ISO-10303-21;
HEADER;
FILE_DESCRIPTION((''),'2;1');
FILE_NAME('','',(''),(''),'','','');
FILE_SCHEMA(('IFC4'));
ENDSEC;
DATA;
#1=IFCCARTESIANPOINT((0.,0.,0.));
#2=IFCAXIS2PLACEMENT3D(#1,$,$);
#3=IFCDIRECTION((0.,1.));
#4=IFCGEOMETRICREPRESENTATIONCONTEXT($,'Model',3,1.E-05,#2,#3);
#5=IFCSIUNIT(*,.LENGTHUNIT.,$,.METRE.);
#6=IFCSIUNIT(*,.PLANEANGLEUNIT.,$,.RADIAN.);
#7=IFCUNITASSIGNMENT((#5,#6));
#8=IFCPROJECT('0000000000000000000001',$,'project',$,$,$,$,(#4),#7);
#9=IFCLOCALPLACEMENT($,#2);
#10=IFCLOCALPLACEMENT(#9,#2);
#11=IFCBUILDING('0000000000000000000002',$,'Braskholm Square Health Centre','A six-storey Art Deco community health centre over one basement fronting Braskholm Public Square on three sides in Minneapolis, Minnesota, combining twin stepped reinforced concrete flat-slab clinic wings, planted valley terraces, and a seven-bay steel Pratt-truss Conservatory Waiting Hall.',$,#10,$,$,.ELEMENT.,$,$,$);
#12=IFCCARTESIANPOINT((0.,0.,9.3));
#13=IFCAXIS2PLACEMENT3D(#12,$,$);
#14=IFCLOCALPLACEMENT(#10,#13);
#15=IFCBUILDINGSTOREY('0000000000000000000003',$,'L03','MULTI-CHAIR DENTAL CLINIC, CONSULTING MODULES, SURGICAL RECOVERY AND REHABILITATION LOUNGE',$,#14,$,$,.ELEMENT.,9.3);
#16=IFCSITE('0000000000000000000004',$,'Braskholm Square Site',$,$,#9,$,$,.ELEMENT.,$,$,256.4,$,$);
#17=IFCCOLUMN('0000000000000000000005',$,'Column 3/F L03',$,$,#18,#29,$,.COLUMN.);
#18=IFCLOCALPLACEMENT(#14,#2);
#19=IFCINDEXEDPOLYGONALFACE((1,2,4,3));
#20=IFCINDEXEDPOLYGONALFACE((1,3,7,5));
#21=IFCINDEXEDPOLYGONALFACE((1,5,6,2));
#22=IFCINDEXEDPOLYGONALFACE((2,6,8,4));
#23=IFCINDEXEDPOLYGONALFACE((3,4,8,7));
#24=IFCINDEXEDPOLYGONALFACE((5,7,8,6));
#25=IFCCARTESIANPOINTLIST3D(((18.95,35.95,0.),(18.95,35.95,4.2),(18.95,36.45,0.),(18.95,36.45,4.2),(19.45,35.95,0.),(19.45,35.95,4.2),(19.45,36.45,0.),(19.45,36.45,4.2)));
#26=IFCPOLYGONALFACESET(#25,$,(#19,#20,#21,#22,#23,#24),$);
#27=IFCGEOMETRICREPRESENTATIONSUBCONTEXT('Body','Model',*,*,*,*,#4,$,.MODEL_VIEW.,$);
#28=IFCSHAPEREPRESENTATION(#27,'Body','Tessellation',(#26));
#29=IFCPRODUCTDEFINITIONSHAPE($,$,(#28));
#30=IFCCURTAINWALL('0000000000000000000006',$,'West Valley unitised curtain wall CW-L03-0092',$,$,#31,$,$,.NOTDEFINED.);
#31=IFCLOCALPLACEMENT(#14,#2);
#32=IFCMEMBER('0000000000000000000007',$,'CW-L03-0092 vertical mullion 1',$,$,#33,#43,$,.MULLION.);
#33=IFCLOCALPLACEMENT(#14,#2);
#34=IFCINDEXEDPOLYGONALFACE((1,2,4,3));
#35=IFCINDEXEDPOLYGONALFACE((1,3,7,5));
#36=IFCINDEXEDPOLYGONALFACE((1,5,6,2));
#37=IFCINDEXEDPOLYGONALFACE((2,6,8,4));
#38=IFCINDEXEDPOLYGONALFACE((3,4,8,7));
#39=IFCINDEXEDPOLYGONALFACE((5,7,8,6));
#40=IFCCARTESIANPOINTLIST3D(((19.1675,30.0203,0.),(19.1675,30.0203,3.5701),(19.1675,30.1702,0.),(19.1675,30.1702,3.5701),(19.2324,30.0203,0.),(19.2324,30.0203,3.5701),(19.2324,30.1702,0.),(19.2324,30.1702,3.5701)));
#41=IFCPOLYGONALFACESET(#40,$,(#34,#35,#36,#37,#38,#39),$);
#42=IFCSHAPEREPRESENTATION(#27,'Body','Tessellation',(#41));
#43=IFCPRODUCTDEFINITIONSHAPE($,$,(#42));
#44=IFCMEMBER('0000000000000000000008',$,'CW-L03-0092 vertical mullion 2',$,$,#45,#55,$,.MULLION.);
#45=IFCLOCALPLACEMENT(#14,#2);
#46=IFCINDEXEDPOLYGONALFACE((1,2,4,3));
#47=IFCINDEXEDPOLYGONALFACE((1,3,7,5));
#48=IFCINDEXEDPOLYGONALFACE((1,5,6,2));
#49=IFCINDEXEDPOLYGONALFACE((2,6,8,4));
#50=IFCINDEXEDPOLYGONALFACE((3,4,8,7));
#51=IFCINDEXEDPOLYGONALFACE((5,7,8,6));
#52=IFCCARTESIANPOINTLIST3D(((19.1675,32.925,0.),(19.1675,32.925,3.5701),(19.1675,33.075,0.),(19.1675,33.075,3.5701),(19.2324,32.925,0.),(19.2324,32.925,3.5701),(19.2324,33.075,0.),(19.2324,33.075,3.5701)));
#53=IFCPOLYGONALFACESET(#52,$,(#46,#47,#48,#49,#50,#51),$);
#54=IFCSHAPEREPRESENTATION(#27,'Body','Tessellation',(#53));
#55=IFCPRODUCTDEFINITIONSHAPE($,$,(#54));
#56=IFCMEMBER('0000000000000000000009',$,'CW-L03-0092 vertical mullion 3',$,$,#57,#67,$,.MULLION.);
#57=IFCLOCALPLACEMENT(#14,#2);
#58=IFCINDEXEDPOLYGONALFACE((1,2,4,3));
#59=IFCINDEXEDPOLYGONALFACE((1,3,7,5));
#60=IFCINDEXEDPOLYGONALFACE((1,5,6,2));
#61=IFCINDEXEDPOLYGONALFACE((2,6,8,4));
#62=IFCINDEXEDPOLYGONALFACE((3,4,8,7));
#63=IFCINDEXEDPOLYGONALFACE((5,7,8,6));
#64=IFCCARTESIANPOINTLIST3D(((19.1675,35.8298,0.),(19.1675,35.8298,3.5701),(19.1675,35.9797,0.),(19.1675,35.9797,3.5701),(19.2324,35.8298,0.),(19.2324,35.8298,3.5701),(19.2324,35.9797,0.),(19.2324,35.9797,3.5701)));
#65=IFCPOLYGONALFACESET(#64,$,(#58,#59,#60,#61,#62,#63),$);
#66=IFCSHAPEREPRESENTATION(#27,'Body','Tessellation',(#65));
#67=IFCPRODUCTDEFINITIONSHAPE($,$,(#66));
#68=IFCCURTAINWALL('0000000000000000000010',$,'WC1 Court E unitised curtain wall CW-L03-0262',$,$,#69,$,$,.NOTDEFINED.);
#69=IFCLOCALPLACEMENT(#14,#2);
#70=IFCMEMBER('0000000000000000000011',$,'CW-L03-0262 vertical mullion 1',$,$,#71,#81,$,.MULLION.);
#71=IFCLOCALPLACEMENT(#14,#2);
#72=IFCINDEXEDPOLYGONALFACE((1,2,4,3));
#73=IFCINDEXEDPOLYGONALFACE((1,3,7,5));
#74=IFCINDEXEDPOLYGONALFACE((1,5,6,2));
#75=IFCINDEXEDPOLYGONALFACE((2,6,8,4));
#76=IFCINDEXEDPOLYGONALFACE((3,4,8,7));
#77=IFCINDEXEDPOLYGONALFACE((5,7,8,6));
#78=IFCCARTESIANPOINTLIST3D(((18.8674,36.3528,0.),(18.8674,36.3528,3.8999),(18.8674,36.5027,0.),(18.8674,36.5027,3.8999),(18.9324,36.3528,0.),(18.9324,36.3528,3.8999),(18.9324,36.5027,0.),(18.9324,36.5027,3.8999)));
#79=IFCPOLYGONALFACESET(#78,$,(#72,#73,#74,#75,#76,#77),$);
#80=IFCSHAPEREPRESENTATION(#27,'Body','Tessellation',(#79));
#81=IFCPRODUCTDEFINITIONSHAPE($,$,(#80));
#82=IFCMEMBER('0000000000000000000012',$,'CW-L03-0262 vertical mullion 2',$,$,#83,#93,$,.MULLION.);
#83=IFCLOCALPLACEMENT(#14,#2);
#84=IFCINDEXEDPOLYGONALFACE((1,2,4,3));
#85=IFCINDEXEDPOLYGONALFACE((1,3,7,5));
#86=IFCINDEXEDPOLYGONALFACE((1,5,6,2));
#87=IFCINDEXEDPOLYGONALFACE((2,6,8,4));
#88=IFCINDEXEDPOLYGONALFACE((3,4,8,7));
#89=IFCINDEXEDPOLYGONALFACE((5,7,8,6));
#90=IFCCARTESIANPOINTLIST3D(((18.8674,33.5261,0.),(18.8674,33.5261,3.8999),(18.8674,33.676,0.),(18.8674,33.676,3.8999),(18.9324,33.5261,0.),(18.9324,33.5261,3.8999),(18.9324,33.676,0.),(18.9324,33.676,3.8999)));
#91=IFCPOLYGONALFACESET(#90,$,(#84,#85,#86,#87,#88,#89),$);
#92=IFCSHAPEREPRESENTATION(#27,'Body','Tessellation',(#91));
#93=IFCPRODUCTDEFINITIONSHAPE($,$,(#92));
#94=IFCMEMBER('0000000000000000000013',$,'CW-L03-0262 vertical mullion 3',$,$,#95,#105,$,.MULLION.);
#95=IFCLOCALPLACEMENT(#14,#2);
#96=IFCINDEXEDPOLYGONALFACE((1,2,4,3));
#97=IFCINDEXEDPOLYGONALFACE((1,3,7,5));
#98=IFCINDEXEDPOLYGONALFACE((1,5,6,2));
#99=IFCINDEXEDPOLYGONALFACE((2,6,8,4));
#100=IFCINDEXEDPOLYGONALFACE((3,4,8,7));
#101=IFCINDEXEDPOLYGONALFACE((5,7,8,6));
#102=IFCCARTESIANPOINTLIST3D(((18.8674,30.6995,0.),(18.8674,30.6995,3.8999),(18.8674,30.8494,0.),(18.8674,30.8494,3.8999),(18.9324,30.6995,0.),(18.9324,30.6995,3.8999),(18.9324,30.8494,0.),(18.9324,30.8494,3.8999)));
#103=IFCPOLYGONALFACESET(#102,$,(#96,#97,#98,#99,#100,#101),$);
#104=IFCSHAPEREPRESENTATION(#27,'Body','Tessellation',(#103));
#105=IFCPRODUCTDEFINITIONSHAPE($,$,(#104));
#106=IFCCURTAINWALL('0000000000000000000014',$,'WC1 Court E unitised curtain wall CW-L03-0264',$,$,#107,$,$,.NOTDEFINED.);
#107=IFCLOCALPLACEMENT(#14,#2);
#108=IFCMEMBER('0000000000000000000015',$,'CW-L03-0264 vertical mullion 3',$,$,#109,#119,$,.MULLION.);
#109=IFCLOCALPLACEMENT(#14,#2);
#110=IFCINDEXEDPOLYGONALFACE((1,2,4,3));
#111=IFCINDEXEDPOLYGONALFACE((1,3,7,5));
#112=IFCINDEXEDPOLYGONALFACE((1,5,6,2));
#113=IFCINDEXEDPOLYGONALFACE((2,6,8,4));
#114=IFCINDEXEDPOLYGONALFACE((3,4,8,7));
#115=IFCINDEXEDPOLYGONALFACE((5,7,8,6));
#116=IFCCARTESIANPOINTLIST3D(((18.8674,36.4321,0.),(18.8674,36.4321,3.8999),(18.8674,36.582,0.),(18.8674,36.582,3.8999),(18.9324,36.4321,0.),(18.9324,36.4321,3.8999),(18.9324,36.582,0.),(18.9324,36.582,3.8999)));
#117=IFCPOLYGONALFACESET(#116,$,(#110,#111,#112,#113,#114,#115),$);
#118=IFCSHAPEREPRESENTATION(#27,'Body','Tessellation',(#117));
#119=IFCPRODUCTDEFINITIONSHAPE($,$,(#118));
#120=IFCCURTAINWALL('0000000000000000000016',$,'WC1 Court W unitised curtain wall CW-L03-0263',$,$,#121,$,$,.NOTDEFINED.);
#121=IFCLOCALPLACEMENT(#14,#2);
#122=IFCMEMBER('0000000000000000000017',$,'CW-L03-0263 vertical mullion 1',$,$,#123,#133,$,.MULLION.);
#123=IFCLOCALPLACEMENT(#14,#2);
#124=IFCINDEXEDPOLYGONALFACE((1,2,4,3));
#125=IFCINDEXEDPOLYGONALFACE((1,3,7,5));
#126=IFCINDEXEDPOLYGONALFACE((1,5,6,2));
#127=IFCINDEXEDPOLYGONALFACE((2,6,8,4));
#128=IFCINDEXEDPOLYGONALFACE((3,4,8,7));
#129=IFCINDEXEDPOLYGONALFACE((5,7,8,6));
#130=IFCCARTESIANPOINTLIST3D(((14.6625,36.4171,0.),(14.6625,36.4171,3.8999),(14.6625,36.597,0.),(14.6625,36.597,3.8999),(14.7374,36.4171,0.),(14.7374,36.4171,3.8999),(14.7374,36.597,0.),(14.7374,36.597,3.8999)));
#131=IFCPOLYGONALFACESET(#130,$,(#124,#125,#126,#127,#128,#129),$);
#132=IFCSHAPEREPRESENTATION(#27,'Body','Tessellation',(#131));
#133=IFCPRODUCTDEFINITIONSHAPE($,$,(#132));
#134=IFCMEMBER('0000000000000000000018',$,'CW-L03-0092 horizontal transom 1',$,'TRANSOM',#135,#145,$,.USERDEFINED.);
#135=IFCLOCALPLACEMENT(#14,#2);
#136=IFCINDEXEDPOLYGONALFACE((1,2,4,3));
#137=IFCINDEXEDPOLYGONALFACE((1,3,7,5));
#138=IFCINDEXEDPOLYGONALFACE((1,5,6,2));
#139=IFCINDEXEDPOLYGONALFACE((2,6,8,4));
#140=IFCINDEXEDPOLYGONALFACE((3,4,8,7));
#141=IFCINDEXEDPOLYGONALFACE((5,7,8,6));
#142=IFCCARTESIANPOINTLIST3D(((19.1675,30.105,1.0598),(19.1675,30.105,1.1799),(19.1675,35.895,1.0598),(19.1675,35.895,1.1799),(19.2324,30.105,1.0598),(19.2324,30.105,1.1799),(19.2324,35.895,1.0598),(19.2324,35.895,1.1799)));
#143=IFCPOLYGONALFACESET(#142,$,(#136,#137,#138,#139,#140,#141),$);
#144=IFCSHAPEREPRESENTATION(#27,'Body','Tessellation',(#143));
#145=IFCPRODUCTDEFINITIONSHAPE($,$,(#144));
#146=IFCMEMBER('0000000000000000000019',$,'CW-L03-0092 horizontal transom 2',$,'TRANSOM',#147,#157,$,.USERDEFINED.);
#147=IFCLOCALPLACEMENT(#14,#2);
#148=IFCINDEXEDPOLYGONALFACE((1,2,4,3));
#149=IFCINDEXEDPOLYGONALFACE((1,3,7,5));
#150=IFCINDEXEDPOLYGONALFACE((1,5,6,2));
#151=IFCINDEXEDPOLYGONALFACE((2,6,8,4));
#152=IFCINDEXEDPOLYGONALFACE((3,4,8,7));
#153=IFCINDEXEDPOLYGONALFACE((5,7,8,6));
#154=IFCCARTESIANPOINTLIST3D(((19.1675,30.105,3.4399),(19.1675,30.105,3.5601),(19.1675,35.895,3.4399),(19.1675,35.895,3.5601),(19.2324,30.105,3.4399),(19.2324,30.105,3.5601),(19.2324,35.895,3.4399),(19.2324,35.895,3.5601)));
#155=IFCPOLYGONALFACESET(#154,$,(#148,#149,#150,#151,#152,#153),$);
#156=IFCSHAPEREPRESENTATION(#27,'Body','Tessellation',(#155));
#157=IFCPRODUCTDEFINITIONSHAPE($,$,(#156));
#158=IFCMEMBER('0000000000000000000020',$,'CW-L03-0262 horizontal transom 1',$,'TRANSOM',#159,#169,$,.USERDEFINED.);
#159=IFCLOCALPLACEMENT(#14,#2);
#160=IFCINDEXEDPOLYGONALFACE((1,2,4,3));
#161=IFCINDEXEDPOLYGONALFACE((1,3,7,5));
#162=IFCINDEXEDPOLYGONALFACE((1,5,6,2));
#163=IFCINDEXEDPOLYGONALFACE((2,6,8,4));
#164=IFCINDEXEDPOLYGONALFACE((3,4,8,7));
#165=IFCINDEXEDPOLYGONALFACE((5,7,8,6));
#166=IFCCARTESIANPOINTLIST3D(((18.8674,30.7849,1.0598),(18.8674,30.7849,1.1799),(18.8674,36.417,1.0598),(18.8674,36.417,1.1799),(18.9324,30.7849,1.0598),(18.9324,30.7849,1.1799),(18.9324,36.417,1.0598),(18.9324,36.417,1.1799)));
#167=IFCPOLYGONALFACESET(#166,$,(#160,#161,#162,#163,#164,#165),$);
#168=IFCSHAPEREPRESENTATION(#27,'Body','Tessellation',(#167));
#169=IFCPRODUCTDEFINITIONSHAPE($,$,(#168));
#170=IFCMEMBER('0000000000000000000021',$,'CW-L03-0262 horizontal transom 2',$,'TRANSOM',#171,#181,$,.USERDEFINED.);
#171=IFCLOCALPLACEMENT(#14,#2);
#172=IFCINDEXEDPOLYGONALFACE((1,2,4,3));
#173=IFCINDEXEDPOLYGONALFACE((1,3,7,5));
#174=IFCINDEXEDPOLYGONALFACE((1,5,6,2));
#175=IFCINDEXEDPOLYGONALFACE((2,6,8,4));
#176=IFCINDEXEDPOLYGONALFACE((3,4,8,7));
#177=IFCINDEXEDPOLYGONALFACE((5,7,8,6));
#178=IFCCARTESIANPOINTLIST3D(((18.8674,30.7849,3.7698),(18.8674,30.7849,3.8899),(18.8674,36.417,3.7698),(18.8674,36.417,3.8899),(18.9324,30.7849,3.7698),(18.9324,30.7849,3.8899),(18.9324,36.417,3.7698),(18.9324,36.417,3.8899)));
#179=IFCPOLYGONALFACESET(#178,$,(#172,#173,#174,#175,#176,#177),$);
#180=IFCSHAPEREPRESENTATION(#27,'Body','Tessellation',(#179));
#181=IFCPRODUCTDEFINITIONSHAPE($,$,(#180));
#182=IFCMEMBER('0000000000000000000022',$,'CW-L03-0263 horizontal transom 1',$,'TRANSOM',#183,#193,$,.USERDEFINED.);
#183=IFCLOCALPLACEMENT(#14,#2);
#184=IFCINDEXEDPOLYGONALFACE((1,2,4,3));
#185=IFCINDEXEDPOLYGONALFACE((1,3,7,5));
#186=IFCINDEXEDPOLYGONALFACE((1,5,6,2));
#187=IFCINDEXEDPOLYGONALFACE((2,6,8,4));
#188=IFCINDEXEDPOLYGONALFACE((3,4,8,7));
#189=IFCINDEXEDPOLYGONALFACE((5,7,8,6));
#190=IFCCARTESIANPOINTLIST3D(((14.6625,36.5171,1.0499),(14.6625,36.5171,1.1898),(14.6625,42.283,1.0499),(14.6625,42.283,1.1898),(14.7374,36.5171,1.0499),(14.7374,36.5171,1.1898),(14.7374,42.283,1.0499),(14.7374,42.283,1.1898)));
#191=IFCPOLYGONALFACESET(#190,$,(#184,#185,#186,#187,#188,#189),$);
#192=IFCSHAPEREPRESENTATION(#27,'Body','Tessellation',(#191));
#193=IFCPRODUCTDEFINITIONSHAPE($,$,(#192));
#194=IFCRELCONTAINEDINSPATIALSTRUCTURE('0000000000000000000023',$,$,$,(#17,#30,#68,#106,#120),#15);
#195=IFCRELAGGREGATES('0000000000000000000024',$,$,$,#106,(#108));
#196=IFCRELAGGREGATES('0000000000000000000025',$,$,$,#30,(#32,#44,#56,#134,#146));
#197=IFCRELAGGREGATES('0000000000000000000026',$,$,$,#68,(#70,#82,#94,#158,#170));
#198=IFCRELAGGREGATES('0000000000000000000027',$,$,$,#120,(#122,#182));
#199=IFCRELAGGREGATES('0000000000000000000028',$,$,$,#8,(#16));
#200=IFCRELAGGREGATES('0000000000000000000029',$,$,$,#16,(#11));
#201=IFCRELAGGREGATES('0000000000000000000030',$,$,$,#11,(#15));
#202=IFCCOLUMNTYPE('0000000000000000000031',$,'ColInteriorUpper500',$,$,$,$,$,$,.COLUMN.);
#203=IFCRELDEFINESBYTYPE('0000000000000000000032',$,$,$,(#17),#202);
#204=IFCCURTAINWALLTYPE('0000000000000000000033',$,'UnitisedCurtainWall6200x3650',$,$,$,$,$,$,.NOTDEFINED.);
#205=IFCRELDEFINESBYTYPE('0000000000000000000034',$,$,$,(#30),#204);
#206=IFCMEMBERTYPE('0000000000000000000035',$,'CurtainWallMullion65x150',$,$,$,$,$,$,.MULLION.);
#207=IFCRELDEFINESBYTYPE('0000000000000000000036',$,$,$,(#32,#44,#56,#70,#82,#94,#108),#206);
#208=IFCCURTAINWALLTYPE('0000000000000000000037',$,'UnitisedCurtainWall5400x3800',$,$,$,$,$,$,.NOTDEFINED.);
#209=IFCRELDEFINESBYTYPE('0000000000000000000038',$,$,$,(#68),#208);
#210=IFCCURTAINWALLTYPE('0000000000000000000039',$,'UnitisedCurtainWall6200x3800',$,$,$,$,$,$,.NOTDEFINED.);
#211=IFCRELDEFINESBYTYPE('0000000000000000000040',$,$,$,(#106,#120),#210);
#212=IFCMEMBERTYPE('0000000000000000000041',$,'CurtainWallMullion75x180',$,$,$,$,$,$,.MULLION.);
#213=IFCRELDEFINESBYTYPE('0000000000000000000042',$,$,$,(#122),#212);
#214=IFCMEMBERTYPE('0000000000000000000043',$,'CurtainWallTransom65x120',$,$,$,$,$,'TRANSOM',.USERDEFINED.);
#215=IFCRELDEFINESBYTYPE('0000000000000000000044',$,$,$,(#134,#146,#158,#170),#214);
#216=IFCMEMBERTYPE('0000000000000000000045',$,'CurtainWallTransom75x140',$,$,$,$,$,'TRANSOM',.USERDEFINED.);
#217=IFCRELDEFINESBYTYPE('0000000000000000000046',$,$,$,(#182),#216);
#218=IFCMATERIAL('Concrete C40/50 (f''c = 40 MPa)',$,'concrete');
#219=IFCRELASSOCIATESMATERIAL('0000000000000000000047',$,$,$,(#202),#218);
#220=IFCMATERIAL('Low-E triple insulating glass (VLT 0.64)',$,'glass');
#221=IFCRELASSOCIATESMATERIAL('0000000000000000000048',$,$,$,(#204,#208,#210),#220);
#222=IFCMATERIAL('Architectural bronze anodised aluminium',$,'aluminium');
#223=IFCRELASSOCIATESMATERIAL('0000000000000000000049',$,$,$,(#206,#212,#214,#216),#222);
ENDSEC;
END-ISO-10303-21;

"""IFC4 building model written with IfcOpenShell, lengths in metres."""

from ifc_helpers import new_model, si_unit, direction, frame, origin, origin_2d, place, context, subcontext, project, spatial, rectangle, extrude, material, material_profile, profile_set, type_object, element, aggregate, save


model = new_model("IFC4")

# Units and contexts
model_context = context("Model", 3, precision=1e-05, world=origin(), true_north=direction((0.0, 1.0)))
body_context = subcontext(model_context, "Body", "Model", "MODEL_VIEW")
ifc_project = project(units=[si_unit("LENGTHUNIT", "METRE"), si_unit("PLANEANGLEUNIT", "RADIAN")], contexts=[model_context])

# Site, building, storey
site_placement = place(None, origin())
site = spatial("IfcSite", under=ifc_project, at=site_placement, Name="Braskholm Square Site", CompositionType="ELEMENT", RefElevation=256.4)
building_placement = place(site_placement, origin())
building = spatial("IfcBuilding", under=site, at=building_placement, Name="Braskholm Square Health Centre", Description="A six-storey Art Deco community health centre over one basement fronting Braskholm Public Square on three sides in Minneapolis, Minnesota, combining twin stepped reinforced concrete flat-slab clinic wings, planted valley terraces, and a seven-bay steel Pratt-truss Conservatory Waiting Hall.", CompositionType="ELEMENT")
storey_placement = place(building_placement, frame((0.0, 0.0, 9.3)))
storey = spatial("IfcBuildingStorey", under=building, at=storey_placement, Name="L03", Description="MULTI-CHAIR DENTAL CLINIC, CONSULTING MODULES, SURGICAL RECOVERY AND REHABILITATION LOUNGE", CompositionType="ELEMENT", Elevation=9.3)

# Column
ifc_material_1 = material(Name="Concrete C40/50 (f'c = 40 MPa)", Category="concrete")
ifc_material_profile_1 = material_profile(ifc_material_1, rectangle(XDim=0.5, YDim=0.5, at=origin_2d()), Name="RC-500X500")
ifc_profile_set_1 = profile_set([ifc_material_profile_1], Name="Concrete C40/50 (f'c = 40 MPa)")
column_type = type_object("IfcColumnType", Name="ColInteriorUpper500", PredefinedType="COLUMN", material=ifc_profile_set_1)
column_placement = place(storey_placement, frame((19.2, 36.2, 0.0), z_axis=(0.0, 0.0, 1.0), x_axis=(1.0, 0.0, 0.0)))
element("IfcColumn", 1, at=column_placement, inside=storey, type_object=column_type, Name="Column 3/F L03", PredefinedType="COLUMN", context=body_context, shape_type="SweptSolid", body=[
    extrude(rectangle(XDim=0.5, YDim=0.5, at=origin_2d()), origin(), (0.0, 0.0, 1.0), 4.2),
])

# Curtain walls, members
ifc_material_2 = material(Name="Low-E triple insulating glass (VLT 0.64)", Category="glass")
curtain_wall_type_1 = type_object("IfcCurtainWallType", Name="UnitisedCurtainWall6200x3650", PredefinedType="NOTDEFINED", material=ifc_material_2)
curtain_wall_1_placement = place(storey_placement, origin())
curtain_wall_1 = element("IfcCurtainWall", 2, at=curtain_wall_1_placement, inside=storey, type_object=curtain_wall_type_1, Name="West Valley unitised curtain wall CW-L03-0092", PredefinedType="NOTDEFINED")
ifc_material_3 = material(Name="Architectural bronze anodised aluminium", Category="aluminium")
ifc_material_profile_2 = material_profile(ifc_material_3, rectangle(XDim=0.0649, YDim=0.1499, at=origin_2d()), Name="ALU-65X150")
ifc_profile_set_2 = profile_set([ifc_material_profile_2], Name="Architectural bronze anodised aluminium")
member_type_1 = type_object("IfcMemberType", Name="CurtainWallMullion65x150", PredefinedType="MULLION", material=ifc_profile_set_2)
member_1_placement = place(storey_placement, frame((19.2, 30.0952, 0.0), z_axis=(0.0, 0.0, 1.0), x_axis=(1.0, 0.0, 0.0)))
member_1 = element("IfcMember", 3, at=member_1_placement, type_object=member_type_1, Name="CW-L03-0092 vertical mullion 1", PredefinedType="MULLION", context=body_context, shape_type="SweptSolid", body=[
    extrude(rectangle(XDim=0.0649, YDim=0.1499, at=origin_2d()), origin(), (0.0, 0.0, 1.0), 3.5701),
])
member_2_placement = place(storey_placement, frame((19.2, 33.0, 0.0), z_axis=(0.0, 0.0, 1.0), x_axis=(1.0, 0.0, 0.0)))
member_2 = element("IfcMember", 4, at=member_2_placement, type_object=member_type_1, Name="CW-L03-0092 vertical mullion 2", PredefinedType="MULLION", context=body_context, shape_type="SweptSolid", body=[
    extrude(rectangle(XDim=0.0649, YDim=0.1499, at=origin_2d()), origin(), (0.0, 0.0, 1.0), 3.5701),
])
member_3_placement = place(storey_placement, frame((19.2, 35.9048, 0.0), z_axis=(0.0, 0.0, 1.0), x_axis=(1.0, 0.0, 0.0)))
member_3 = element("IfcMember", 5, at=member_3_placement, type_object=member_type_1, Name="CW-L03-0092 vertical mullion 3", PredefinedType="MULLION", context=body_context, shape_type="SweptSolid", body=[
    extrude(rectangle(XDim=0.0649, YDim=0.1499, at=origin_2d()), origin(), (0.0, 0.0, 1.0), 3.5701),
])
curtain_wall_type_2 = type_object("IfcCurtainWallType", Name="UnitisedCurtainWall5400x3800", PredefinedType="NOTDEFINED", material=ifc_material_2)
curtain_wall_2_placement = place(storey_placement, origin())
curtain_wall_2 = element("IfcCurtainWall", 6, at=curtain_wall_2_placement, inside=storey, type_object=curtain_wall_type_2, Name="WC1 Court E unitised curtain wall CW-L03-0262", PredefinedType="NOTDEFINED")
member_4_placement = place(storey_placement, frame((18.8999, 36.4277, 0.0), z_axis=(0.0, 0.0, 1.0), x_axis=(1.0, 0.0, 0.0)))
member_4 = element("IfcMember", 7, at=member_4_placement, type_object=member_type_1, Name="CW-L03-0262 vertical mullion 1", PredefinedType="MULLION", context=body_context, shape_type="SweptSolid", body=[
    extrude(rectangle(XDim=0.0649, YDim=0.1499, at=origin_2d()), origin(), (0.0, 0.0, 1.0), 3.8999),
])
member_5_placement = place(storey_placement, frame((18.8999, 33.6011, 0.0), z_axis=(0.0, 0.0, 1.0), x_axis=(1.0, 0.0, 0.0)))
member_5 = element("IfcMember", 8, at=member_5_placement, type_object=member_type_1, Name="CW-L03-0262 vertical mullion 2", PredefinedType="MULLION", context=body_context, shape_type="SweptSolid", body=[
    extrude(rectangle(XDim=0.0649, YDim=0.1499, at=origin_2d()), origin(), (0.0, 0.0, 1.0), 3.8999),
])
member_6_placement = place(storey_placement, frame((18.8999, 30.7744, 0.0), z_axis=(0.0, 0.0, 1.0), x_axis=(1.0, 0.0, 0.0)))
member_6 = element("IfcMember", 9, at=member_6_placement, type_object=member_type_1, Name="CW-L03-0262 vertical mullion 3", PredefinedType="MULLION", context=body_context, shape_type="SweptSolid", body=[
    extrude(rectangle(XDim=0.0649, YDim=0.1499, at=origin_2d()), origin(), (0.0, 0.0, 1.0), 3.8999),
])

# Curtain walls, members
curtain_wall_type_3 = type_object("IfcCurtainWallType", Name="UnitisedCurtainWall6200x3800", PredefinedType="NOTDEFINED", material=ifc_material_2)
curtain_wall_3_placement = place(storey_placement, origin())
curtain_wall_3 = element("IfcCurtainWall", 10, at=curtain_wall_3_placement, inside=storey, type_object=curtain_wall_type_3, Name="WC1 Court E unitised curtain wall CW-L03-0264", PredefinedType="NOTDEFINED")
member_7_placement = place(storey_placement, frame((18.8999, 36.5071, 0.0), z_axis=(0.0, 0.0, 1.0), x_axis=(1.0, 0.0, 0.0)))
member_7 = element("IfcMember", 11, at=member_7_placement, type_object=member_type_1, Name="CW-L03-0264 vertical mullion 3", PredefinedType="MULLION", context=body_context, shape_type="SweptSolid", body=[
    extrude(rectangle(XDim=0.0649, YDim=0.1499, at=origin_2d()), origin(), (0.0, 0.0, 1.0), 3.8999),
])
aggregate(curtain_wall_3, [member_7])
curtain_wall_4_placement = place(storey_placement, origin())
curtain_wall_4 = element("IfcCurtainWall", 12, at=curtain_wall_4_placement, inside=storey, type_object=curtain_wall_type_3, Name="WC1 Court W unitised curtain wall CW-L03-0263", PredefinedType="NOTDEFINED")
ifc_material_profile_3 = material_profile(ifc_material_3, rectangle(XDim=0.075, YDim=0.1799, at=origin_2d()), Name="ALU-75X180")
ifc_profile_set_3 = profile_set([ifc_material_profile_3], Name="Architectural bronze anodised aluminium")
member_type_2 = type_object("IfcMemberType", Name="CurtainWallMullion75x180", PredefinedType="MULLION", material=ifc_profile_set_3)
member_8_placement = place(storey_placement, frame((14.7, 36.5071, 0.0), z_axis=(0.0, 0.0, 1.0), x_axis=(1.0, 0.0, 0.0)))
member_8 = element("IfcMember", 13, at=member_8_placement, type_object=member_type_2, Name="CW-L03-0263 vertical mullion 1", PredefinedType="MULLION", context=body_context, shape_type="SweptSolid", body=[
    extrude(rectangle(XDim=0.075, YDim=0.1799, at=origin_2d()), origin(), (0.0, 0.0, 1.0), 3.8999),
])

# Members
ifc_material_profile_4 = material_profile(ifc_material_3, rectangle(XDim=0.0649, YDim=0.1201, at=origin_2d()), Name="ALU-65X120")
ifc_profile_set_4 = profile_set([ifc_material_profile_4], Name="Architectural bronze anodised aluminium")
member_type_3 = type_object("IfcMemberType", Name="CurtainWallTransom65x120", ElementType="TRANSOM", PredefinedType="USERDEFINED", material=ifc_profile_set_4)
member_9_placement = place(storey_placement, frame((19.2, 30.105, 1.1199), z_axis=(0.0, 1.0, 0.0), x_axis=(-1.0, 0.0, 0.0)))
member_9 = element("IfcMember", 14, at=member_9_placement, type_object=member_type_3, Name="CW-L03-0092 horizontal transom 1", ObjectType="TRANSOM", PredefinedType="USERDEFINED", context=body_context, shape_type="SweptSolid", body=[
    extrude(rectangle(XDim=0.0649, YDim=0.1201, at=origin_2d()), origin(), (0.0, 0.0, 1.0), 5.79),
])
member_10_placement = place(storey_placement, frame((19.2, 30.105, 3.5), z_axis=(0.0, 1.0, 0.0), x_axis=(-1.0, 0.0, 0.0)))
member_10 = element("IfcMember", 15, at=member_10_placement, type_object=member_type_3, Name="CW-L03-0092 horizontal transom 2", ObjectType="TRANSOM", PredefinedType="USERDEFINED", context=body_context, shape_type="SweptSolid", body=[
    extrude(rectangle(XDim=0.0649, YDim=0.1201, at=origin_2d()), origin(), (0.0, 0.0, 1.0), 5.79),
])
member_11_placement = place(storey_placement, frame((18.8999, 36.417, 1.1199), z_axis=(0.0, -1.0, 0.0), x_axis=(1.0, 0.0, 0.0)))
member_11 = element("IfcMember", 16, at=member_11_placement, type_object=member_type_3, Name="CW-L03-0262 horizontal transom 1", ObjectType="TRANSOM", PredefinedType="USERDEFINED", context=body_context, shape_type="SweptSolid", body=[
    extrude(rectangle(XDim=0.0649, YDim=0.1201, at=origin_2d()), origin(), (0.0, 0.0, 1.0), 5.6321),
])
member_12_placement = place(storey_placement, frame((18.8999, 36.417, 3.8298), z_axis=(0.0, -1.0, 0.0), x_axis=(1.0, 0.0, 0.0)))
member_12 = element("IfcMember", 17, at=member_12_placement, type_object=member_type_3, Name="CW-L03-0262 horizontal transom 2", ObjectType="TRANSOM", PredefinedType="USERDEFINED", context=body_context, shape_type="SweptSolid", body=[
    extrude(rectangle(XDim=0.0649, YDim=0.1201, at=origin_2d()), origin(), (0.0, 0.0, 1.0), 5.6321),
])
ifc_material_profile_5 = material_profile(ifc_material_3, rectangle(XDim=0.075, YDim=0.1399, at=origin_2d()), Name="ALU-75X140")
ifc_profile_set_5 = profile_set([ifc_material_profile_5], Name="Architectural bronze anodised aluminium")
member_type_4 = type_object("IfcMemberType", Name="CurtainWallTransom75x140", ElementType="TRANSOM", PredefinedType="USERDEFINED", material=ifc_profile_set_5)
member_13_placement = place(storey_placement, frame((14.7, 36.5171, 1.1199), z_axis=(0.0, 1.0, 0.0), x_axis=(-1.0, 0.0, 0.0)))
member_13 = element("IfcMember", 18, at=member_13_placement, type_object=member_type_4, Name="CW-L03-0263 horizontal transom 1", ObjectType="TRANSOM", PredefinedType="USERDEFINED", context=body_context, shape_type="SweptSolid", body=[
    extrude(rectangle(XDim=0.075, YDim=0.1399, at=origin_2d()), origin(), (0.0, 0.0, 1.0), 5.7659),
])

aggregate(curtain_wall_1, [member_1, member_2, member_3, member_9, member_10])
aggregate(curtain_wall_2, [member_4, member_5, member_6, member_11, member_12])
aggregate(curtain_wall_4, [member_8, member_13])

save(model, "model.ifc")
